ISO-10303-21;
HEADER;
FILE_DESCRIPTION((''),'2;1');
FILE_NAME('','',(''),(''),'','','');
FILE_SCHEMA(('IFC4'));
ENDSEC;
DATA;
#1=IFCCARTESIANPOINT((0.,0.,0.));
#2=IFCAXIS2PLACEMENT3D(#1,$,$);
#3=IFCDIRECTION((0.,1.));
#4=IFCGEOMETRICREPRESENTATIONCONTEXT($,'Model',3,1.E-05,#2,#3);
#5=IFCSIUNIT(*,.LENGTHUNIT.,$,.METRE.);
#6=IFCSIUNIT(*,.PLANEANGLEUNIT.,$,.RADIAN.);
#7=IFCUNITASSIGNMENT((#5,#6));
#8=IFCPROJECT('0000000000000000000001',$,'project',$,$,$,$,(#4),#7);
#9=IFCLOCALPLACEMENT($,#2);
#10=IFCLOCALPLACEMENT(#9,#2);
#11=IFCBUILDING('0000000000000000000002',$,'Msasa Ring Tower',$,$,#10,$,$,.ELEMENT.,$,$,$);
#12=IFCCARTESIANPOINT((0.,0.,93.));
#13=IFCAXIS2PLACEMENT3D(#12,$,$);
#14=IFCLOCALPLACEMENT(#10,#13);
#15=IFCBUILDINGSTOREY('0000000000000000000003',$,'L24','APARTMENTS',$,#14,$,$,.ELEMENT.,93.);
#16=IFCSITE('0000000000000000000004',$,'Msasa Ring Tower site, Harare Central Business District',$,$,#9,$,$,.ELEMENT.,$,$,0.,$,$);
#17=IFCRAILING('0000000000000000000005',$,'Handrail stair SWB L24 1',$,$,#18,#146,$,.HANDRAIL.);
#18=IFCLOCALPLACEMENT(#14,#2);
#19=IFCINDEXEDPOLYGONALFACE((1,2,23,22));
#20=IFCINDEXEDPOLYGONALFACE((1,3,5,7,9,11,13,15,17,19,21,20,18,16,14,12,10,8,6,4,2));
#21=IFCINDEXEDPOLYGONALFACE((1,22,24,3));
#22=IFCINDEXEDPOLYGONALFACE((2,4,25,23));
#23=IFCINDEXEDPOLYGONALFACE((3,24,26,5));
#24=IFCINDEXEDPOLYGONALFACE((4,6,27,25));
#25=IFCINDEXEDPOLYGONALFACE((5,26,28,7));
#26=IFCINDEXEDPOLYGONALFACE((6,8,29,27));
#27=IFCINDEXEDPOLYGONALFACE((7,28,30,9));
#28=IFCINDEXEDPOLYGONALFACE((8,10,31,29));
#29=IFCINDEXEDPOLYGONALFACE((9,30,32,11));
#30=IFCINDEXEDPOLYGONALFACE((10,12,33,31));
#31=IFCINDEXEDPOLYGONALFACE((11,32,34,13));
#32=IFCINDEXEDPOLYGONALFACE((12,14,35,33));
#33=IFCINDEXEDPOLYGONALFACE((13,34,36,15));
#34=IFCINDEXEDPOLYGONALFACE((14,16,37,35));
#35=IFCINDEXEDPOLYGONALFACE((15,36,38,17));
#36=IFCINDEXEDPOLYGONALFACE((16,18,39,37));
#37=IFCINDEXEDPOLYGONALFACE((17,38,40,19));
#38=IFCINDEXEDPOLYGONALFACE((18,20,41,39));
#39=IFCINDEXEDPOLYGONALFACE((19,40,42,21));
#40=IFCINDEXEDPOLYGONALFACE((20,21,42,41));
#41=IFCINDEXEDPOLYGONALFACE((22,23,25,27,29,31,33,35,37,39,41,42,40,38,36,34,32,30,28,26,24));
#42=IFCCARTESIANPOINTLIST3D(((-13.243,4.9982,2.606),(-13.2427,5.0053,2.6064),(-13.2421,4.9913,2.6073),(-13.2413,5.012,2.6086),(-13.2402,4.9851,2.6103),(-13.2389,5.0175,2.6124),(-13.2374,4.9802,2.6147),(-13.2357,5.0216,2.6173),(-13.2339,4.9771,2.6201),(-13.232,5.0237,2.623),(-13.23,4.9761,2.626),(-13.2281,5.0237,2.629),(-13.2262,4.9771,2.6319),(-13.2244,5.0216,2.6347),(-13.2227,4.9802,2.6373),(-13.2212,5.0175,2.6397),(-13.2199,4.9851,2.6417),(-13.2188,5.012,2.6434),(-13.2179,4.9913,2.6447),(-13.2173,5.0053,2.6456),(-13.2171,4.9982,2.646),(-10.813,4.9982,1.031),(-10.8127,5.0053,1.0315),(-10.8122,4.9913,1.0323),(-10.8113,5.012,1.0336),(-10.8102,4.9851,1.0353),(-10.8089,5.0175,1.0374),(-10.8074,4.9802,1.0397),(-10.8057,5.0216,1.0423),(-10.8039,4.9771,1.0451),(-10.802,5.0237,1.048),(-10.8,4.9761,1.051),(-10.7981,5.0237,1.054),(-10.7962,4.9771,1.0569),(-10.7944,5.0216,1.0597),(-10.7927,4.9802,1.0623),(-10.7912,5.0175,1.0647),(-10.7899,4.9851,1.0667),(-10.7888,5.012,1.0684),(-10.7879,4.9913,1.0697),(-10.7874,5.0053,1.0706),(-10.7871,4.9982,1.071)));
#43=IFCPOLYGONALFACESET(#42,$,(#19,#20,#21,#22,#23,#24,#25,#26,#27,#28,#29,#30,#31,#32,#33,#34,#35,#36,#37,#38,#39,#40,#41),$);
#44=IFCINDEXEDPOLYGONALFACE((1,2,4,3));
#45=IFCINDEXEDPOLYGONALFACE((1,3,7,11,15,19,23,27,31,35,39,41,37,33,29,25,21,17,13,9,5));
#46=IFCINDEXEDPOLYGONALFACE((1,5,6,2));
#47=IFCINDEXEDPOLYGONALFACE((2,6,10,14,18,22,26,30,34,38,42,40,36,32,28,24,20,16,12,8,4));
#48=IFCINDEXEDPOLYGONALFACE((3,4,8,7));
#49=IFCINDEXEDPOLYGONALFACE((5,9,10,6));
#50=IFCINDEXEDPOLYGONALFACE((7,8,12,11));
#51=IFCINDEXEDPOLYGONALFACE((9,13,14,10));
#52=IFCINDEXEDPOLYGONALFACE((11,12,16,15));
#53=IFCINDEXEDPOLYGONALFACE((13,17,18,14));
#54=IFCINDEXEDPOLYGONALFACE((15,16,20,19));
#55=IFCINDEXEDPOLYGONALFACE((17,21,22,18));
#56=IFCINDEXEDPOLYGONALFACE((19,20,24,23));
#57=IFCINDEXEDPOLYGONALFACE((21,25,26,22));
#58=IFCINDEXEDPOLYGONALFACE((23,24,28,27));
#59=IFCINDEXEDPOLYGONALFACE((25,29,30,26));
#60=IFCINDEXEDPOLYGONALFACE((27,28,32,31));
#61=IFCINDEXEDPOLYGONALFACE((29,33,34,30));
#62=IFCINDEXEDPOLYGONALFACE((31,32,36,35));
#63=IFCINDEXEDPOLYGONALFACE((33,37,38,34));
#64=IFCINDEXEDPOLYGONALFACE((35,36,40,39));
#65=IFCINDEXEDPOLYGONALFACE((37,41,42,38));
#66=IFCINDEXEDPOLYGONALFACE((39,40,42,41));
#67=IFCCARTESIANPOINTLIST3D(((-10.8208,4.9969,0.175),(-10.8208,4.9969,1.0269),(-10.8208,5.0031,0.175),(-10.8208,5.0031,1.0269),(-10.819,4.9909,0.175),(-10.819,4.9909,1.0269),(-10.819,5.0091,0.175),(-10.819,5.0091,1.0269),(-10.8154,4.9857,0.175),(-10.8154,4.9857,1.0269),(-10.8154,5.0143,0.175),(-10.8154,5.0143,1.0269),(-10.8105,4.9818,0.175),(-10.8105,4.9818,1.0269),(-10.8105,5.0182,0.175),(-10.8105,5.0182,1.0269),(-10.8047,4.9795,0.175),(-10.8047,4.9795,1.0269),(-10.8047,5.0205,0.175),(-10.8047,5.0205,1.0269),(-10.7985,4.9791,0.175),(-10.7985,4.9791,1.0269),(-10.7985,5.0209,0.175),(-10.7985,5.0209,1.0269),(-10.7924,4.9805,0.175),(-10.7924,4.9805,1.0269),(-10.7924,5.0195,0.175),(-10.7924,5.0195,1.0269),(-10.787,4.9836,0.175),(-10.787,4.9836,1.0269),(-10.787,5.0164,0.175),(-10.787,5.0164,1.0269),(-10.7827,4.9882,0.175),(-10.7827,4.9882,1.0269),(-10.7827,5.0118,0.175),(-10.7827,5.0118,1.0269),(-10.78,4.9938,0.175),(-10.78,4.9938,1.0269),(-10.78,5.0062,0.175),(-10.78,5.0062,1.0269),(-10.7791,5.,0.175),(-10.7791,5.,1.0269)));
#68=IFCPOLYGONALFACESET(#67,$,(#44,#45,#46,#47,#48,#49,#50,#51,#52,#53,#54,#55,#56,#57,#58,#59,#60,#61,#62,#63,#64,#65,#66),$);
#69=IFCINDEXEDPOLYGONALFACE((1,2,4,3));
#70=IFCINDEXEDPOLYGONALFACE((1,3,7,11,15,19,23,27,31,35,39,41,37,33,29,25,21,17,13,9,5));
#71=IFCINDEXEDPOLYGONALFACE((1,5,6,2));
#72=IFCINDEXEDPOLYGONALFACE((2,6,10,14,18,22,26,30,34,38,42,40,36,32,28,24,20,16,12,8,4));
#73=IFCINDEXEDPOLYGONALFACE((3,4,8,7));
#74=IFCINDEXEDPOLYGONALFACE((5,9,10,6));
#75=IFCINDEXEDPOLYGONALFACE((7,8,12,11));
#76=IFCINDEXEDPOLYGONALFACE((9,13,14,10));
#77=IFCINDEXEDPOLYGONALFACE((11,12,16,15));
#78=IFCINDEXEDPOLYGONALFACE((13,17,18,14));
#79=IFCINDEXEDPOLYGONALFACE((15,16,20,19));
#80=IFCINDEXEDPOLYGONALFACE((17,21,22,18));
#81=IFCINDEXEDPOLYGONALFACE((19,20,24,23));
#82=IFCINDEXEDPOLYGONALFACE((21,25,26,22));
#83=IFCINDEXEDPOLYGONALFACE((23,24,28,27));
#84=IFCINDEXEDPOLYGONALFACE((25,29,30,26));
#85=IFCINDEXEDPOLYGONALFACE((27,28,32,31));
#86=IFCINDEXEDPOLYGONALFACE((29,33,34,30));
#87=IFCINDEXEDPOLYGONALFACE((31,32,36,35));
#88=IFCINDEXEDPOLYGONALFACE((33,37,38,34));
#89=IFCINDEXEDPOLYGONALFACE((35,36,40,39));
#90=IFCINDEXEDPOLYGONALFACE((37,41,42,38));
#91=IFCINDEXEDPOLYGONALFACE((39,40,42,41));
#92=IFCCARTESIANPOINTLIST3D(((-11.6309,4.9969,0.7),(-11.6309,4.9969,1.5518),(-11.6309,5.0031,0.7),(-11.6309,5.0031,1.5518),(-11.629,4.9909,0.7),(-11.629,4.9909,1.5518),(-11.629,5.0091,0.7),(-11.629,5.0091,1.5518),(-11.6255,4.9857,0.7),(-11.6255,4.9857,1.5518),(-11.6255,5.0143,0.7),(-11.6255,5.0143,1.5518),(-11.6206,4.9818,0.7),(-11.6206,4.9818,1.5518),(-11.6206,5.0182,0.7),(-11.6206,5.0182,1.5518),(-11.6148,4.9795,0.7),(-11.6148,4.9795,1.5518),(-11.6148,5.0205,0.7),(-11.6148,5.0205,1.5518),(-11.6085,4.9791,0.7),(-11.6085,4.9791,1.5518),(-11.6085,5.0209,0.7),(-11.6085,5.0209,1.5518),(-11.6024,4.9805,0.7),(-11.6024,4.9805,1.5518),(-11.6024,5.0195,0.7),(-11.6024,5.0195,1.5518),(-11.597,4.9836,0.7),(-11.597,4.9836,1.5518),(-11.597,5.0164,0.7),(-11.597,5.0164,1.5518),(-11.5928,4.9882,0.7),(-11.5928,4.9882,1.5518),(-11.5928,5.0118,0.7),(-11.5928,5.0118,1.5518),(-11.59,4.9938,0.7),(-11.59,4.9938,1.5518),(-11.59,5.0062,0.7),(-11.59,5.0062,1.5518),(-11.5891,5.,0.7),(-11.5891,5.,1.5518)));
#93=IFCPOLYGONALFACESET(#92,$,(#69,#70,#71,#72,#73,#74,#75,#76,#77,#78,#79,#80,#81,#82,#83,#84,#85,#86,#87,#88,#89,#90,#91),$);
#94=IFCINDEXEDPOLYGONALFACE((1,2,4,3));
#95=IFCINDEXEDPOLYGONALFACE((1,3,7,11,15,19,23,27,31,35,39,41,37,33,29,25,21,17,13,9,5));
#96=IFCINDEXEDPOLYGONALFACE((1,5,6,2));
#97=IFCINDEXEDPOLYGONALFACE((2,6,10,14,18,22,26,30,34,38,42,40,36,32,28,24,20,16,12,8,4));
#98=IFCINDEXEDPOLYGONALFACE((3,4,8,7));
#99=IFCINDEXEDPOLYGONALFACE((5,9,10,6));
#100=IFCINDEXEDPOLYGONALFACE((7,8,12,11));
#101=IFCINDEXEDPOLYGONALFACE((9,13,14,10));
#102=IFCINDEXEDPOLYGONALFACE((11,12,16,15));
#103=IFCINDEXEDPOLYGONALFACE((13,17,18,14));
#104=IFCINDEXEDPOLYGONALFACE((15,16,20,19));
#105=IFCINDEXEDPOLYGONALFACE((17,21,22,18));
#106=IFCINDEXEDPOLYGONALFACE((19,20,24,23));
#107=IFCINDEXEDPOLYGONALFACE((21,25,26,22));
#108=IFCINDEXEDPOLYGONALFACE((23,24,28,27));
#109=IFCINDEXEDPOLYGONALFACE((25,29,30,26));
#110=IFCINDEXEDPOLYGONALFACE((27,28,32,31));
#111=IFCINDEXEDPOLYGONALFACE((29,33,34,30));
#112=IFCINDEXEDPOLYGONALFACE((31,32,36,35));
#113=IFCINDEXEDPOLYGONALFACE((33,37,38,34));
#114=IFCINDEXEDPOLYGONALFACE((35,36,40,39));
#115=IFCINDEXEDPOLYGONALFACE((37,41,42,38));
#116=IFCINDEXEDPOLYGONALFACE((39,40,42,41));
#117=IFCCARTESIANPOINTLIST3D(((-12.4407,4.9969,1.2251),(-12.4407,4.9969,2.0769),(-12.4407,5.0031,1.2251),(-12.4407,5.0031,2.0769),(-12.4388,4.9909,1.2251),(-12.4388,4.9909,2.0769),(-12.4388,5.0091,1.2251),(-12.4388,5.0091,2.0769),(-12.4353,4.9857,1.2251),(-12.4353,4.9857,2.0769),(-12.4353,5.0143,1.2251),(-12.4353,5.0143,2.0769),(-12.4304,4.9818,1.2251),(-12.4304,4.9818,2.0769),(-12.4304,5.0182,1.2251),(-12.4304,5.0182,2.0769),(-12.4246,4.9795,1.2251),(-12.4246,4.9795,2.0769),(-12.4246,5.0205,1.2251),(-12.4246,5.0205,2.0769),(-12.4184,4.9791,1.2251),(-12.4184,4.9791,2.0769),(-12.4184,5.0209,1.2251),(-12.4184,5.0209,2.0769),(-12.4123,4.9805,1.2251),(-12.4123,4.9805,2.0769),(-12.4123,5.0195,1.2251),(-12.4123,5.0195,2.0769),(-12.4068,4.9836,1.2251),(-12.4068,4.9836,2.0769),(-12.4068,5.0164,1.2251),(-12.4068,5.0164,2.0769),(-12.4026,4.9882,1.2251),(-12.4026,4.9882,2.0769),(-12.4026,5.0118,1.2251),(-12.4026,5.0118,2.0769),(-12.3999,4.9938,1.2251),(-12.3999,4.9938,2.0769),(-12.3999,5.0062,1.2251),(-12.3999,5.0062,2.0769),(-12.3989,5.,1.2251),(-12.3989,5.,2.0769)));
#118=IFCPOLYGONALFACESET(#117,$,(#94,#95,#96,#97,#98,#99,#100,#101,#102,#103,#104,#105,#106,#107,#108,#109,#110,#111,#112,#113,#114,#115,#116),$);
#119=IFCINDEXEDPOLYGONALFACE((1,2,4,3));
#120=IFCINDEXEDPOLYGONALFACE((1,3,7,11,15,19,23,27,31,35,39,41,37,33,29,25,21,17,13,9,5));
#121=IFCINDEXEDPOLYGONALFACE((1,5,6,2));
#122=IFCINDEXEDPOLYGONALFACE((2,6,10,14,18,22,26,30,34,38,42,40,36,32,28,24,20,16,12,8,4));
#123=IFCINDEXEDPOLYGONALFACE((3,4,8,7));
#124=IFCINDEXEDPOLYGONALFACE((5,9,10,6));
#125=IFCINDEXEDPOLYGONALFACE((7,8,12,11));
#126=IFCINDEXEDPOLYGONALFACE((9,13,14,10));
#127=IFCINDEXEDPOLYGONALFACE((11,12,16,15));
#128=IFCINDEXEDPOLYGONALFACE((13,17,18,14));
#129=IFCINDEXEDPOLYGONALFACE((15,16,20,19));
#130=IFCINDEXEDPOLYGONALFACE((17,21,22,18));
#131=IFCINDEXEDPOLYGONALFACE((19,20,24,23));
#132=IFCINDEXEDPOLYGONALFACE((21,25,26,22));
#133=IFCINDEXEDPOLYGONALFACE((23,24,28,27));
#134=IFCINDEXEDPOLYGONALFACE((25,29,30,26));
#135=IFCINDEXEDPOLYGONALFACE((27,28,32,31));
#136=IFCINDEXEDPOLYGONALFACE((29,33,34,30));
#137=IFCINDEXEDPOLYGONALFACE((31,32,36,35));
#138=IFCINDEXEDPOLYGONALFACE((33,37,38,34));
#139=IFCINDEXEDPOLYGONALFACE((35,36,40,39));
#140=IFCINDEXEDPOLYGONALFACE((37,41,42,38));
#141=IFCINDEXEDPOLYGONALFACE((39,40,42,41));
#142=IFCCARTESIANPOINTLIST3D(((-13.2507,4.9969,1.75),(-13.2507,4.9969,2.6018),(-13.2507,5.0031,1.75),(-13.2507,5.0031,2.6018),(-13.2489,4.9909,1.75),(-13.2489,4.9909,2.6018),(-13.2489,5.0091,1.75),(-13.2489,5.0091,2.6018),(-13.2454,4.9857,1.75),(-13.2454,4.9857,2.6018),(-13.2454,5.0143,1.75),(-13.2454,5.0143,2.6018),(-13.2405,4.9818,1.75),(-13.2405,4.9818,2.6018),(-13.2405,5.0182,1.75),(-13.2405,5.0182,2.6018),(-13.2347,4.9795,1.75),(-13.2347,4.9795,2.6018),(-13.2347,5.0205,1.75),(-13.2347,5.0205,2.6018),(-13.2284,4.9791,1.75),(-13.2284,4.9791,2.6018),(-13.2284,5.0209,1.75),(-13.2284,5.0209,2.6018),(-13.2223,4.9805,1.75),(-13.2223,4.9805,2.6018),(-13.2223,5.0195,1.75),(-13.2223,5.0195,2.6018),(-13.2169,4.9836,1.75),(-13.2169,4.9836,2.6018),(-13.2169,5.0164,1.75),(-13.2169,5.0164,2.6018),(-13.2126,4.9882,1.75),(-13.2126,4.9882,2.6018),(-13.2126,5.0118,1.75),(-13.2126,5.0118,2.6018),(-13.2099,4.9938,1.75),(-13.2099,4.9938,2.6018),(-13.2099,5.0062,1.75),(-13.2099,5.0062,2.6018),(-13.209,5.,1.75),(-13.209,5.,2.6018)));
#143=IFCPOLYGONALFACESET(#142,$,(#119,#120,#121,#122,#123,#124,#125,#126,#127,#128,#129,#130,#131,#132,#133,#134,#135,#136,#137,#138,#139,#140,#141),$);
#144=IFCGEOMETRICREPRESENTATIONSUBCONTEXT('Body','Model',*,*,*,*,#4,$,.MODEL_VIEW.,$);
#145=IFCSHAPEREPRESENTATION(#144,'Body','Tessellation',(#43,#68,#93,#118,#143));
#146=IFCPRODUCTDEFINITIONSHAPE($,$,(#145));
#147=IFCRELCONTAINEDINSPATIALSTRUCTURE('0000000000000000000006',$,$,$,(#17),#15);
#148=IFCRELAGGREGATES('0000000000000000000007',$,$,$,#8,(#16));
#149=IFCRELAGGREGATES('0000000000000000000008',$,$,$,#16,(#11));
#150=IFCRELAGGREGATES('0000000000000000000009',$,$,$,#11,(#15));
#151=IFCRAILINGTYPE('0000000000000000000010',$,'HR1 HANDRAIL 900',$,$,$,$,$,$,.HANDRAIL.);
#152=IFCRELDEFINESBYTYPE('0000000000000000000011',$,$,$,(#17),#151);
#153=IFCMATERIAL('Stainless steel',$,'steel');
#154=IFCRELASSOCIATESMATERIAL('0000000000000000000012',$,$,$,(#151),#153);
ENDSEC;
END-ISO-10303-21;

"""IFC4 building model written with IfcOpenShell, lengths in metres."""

from ifc_helpers import new_model, si_unit, direction, frame, origin, origin_2d, place, context, subcontext, project, spatial, circle, extrude, material, type_object, element, save


model = new_model("IFC4")

# Units and contexts
model_context = context("Model", 3, precision=1e-05, world=origin(), true_north=direction((0.0, 1.0)))
body_context = subcontext(model_context, "Body", "Model", "MODEL_VIEW")
ifc_project = project(units=[si_unit("LENGTHUNIT", "METRE"), si_unit("PLANEANGLEUNIT", "RADIAN")], contexts=[model_context])

# Site, building, storey
site_placement = place(None, origin())
site = spatial("IfcSite", under=ifc_project, at=site_placement, Name="Msasa Ring Tower site, Harare Central Business District", CompositionType="ELEMENT", RefElevation=0.0)
building_placement = place(site_placement, origin())
building = spatial("IfcBuilding", under=site, at=building_placement, Name="Msasa Ring Tower", CompositionType="ELEMENT")
storey_placement = place(building_placement, frame((0.0, 0.0, 93.0)))
storey = spatial("IfcBuildingStorey", under=building, at=storey_placement, Name="L24", Description="APARTMENTS", CompositionType="ELEMENT", Elevation=93.0)

# Railing
ifc_material_1 = material(Name="Stainless steel", Category="steel")
railing_type = type_object("IfcRailingType", Name="HR1 HANDRAIL 900", PredefinedType="HANDRAIL", material=ifc_material_1)
railing_placement = place(storey_placement, frame((-10.8, 5.0, 0.175)))
element("IfcRailing", 1, at=railing_placement, inside=storey, type_object=railing_type, Name="Handrail stair SWB L24 1", PredefinedType="HANDRAIL", context=body_context, shape_type="SweptSolid", body=[
    extrude(circle(Radius=0.0239, at=origin_2d()), frame((0.0, 0.0, 0.876), z_axis=(-0.839154, 0.0, 0.543894), x_axis=(0.0, -1.0, 0.0)), (0.0, 0.0, 1.0), 2.8958),
    extrude(circle(Radius=0.021, at=origin_2d()), origin(), (0.0, 0.0, 1.0), 0.8518),
    extrude(circle(Radius=0.021, at=origin_2d()), frame((-0.8101, 0.0, 0.5249)), (0.0, 0.0, 1.0), 0.8518),
    extrude(circle(Radius=0.021, at=origin_2d()), frame((-1.6199, 0.0, 1.05)), (0.0, 0.0, 1.0), 0.8518),
    extrude(circle(Radius=0.021, at=origin_2d()), frame((-2.4299, 0.0, 1.575)), (0.0, 0.0, 1.0), 0.8518),
])

save(model, "model.ifc")
